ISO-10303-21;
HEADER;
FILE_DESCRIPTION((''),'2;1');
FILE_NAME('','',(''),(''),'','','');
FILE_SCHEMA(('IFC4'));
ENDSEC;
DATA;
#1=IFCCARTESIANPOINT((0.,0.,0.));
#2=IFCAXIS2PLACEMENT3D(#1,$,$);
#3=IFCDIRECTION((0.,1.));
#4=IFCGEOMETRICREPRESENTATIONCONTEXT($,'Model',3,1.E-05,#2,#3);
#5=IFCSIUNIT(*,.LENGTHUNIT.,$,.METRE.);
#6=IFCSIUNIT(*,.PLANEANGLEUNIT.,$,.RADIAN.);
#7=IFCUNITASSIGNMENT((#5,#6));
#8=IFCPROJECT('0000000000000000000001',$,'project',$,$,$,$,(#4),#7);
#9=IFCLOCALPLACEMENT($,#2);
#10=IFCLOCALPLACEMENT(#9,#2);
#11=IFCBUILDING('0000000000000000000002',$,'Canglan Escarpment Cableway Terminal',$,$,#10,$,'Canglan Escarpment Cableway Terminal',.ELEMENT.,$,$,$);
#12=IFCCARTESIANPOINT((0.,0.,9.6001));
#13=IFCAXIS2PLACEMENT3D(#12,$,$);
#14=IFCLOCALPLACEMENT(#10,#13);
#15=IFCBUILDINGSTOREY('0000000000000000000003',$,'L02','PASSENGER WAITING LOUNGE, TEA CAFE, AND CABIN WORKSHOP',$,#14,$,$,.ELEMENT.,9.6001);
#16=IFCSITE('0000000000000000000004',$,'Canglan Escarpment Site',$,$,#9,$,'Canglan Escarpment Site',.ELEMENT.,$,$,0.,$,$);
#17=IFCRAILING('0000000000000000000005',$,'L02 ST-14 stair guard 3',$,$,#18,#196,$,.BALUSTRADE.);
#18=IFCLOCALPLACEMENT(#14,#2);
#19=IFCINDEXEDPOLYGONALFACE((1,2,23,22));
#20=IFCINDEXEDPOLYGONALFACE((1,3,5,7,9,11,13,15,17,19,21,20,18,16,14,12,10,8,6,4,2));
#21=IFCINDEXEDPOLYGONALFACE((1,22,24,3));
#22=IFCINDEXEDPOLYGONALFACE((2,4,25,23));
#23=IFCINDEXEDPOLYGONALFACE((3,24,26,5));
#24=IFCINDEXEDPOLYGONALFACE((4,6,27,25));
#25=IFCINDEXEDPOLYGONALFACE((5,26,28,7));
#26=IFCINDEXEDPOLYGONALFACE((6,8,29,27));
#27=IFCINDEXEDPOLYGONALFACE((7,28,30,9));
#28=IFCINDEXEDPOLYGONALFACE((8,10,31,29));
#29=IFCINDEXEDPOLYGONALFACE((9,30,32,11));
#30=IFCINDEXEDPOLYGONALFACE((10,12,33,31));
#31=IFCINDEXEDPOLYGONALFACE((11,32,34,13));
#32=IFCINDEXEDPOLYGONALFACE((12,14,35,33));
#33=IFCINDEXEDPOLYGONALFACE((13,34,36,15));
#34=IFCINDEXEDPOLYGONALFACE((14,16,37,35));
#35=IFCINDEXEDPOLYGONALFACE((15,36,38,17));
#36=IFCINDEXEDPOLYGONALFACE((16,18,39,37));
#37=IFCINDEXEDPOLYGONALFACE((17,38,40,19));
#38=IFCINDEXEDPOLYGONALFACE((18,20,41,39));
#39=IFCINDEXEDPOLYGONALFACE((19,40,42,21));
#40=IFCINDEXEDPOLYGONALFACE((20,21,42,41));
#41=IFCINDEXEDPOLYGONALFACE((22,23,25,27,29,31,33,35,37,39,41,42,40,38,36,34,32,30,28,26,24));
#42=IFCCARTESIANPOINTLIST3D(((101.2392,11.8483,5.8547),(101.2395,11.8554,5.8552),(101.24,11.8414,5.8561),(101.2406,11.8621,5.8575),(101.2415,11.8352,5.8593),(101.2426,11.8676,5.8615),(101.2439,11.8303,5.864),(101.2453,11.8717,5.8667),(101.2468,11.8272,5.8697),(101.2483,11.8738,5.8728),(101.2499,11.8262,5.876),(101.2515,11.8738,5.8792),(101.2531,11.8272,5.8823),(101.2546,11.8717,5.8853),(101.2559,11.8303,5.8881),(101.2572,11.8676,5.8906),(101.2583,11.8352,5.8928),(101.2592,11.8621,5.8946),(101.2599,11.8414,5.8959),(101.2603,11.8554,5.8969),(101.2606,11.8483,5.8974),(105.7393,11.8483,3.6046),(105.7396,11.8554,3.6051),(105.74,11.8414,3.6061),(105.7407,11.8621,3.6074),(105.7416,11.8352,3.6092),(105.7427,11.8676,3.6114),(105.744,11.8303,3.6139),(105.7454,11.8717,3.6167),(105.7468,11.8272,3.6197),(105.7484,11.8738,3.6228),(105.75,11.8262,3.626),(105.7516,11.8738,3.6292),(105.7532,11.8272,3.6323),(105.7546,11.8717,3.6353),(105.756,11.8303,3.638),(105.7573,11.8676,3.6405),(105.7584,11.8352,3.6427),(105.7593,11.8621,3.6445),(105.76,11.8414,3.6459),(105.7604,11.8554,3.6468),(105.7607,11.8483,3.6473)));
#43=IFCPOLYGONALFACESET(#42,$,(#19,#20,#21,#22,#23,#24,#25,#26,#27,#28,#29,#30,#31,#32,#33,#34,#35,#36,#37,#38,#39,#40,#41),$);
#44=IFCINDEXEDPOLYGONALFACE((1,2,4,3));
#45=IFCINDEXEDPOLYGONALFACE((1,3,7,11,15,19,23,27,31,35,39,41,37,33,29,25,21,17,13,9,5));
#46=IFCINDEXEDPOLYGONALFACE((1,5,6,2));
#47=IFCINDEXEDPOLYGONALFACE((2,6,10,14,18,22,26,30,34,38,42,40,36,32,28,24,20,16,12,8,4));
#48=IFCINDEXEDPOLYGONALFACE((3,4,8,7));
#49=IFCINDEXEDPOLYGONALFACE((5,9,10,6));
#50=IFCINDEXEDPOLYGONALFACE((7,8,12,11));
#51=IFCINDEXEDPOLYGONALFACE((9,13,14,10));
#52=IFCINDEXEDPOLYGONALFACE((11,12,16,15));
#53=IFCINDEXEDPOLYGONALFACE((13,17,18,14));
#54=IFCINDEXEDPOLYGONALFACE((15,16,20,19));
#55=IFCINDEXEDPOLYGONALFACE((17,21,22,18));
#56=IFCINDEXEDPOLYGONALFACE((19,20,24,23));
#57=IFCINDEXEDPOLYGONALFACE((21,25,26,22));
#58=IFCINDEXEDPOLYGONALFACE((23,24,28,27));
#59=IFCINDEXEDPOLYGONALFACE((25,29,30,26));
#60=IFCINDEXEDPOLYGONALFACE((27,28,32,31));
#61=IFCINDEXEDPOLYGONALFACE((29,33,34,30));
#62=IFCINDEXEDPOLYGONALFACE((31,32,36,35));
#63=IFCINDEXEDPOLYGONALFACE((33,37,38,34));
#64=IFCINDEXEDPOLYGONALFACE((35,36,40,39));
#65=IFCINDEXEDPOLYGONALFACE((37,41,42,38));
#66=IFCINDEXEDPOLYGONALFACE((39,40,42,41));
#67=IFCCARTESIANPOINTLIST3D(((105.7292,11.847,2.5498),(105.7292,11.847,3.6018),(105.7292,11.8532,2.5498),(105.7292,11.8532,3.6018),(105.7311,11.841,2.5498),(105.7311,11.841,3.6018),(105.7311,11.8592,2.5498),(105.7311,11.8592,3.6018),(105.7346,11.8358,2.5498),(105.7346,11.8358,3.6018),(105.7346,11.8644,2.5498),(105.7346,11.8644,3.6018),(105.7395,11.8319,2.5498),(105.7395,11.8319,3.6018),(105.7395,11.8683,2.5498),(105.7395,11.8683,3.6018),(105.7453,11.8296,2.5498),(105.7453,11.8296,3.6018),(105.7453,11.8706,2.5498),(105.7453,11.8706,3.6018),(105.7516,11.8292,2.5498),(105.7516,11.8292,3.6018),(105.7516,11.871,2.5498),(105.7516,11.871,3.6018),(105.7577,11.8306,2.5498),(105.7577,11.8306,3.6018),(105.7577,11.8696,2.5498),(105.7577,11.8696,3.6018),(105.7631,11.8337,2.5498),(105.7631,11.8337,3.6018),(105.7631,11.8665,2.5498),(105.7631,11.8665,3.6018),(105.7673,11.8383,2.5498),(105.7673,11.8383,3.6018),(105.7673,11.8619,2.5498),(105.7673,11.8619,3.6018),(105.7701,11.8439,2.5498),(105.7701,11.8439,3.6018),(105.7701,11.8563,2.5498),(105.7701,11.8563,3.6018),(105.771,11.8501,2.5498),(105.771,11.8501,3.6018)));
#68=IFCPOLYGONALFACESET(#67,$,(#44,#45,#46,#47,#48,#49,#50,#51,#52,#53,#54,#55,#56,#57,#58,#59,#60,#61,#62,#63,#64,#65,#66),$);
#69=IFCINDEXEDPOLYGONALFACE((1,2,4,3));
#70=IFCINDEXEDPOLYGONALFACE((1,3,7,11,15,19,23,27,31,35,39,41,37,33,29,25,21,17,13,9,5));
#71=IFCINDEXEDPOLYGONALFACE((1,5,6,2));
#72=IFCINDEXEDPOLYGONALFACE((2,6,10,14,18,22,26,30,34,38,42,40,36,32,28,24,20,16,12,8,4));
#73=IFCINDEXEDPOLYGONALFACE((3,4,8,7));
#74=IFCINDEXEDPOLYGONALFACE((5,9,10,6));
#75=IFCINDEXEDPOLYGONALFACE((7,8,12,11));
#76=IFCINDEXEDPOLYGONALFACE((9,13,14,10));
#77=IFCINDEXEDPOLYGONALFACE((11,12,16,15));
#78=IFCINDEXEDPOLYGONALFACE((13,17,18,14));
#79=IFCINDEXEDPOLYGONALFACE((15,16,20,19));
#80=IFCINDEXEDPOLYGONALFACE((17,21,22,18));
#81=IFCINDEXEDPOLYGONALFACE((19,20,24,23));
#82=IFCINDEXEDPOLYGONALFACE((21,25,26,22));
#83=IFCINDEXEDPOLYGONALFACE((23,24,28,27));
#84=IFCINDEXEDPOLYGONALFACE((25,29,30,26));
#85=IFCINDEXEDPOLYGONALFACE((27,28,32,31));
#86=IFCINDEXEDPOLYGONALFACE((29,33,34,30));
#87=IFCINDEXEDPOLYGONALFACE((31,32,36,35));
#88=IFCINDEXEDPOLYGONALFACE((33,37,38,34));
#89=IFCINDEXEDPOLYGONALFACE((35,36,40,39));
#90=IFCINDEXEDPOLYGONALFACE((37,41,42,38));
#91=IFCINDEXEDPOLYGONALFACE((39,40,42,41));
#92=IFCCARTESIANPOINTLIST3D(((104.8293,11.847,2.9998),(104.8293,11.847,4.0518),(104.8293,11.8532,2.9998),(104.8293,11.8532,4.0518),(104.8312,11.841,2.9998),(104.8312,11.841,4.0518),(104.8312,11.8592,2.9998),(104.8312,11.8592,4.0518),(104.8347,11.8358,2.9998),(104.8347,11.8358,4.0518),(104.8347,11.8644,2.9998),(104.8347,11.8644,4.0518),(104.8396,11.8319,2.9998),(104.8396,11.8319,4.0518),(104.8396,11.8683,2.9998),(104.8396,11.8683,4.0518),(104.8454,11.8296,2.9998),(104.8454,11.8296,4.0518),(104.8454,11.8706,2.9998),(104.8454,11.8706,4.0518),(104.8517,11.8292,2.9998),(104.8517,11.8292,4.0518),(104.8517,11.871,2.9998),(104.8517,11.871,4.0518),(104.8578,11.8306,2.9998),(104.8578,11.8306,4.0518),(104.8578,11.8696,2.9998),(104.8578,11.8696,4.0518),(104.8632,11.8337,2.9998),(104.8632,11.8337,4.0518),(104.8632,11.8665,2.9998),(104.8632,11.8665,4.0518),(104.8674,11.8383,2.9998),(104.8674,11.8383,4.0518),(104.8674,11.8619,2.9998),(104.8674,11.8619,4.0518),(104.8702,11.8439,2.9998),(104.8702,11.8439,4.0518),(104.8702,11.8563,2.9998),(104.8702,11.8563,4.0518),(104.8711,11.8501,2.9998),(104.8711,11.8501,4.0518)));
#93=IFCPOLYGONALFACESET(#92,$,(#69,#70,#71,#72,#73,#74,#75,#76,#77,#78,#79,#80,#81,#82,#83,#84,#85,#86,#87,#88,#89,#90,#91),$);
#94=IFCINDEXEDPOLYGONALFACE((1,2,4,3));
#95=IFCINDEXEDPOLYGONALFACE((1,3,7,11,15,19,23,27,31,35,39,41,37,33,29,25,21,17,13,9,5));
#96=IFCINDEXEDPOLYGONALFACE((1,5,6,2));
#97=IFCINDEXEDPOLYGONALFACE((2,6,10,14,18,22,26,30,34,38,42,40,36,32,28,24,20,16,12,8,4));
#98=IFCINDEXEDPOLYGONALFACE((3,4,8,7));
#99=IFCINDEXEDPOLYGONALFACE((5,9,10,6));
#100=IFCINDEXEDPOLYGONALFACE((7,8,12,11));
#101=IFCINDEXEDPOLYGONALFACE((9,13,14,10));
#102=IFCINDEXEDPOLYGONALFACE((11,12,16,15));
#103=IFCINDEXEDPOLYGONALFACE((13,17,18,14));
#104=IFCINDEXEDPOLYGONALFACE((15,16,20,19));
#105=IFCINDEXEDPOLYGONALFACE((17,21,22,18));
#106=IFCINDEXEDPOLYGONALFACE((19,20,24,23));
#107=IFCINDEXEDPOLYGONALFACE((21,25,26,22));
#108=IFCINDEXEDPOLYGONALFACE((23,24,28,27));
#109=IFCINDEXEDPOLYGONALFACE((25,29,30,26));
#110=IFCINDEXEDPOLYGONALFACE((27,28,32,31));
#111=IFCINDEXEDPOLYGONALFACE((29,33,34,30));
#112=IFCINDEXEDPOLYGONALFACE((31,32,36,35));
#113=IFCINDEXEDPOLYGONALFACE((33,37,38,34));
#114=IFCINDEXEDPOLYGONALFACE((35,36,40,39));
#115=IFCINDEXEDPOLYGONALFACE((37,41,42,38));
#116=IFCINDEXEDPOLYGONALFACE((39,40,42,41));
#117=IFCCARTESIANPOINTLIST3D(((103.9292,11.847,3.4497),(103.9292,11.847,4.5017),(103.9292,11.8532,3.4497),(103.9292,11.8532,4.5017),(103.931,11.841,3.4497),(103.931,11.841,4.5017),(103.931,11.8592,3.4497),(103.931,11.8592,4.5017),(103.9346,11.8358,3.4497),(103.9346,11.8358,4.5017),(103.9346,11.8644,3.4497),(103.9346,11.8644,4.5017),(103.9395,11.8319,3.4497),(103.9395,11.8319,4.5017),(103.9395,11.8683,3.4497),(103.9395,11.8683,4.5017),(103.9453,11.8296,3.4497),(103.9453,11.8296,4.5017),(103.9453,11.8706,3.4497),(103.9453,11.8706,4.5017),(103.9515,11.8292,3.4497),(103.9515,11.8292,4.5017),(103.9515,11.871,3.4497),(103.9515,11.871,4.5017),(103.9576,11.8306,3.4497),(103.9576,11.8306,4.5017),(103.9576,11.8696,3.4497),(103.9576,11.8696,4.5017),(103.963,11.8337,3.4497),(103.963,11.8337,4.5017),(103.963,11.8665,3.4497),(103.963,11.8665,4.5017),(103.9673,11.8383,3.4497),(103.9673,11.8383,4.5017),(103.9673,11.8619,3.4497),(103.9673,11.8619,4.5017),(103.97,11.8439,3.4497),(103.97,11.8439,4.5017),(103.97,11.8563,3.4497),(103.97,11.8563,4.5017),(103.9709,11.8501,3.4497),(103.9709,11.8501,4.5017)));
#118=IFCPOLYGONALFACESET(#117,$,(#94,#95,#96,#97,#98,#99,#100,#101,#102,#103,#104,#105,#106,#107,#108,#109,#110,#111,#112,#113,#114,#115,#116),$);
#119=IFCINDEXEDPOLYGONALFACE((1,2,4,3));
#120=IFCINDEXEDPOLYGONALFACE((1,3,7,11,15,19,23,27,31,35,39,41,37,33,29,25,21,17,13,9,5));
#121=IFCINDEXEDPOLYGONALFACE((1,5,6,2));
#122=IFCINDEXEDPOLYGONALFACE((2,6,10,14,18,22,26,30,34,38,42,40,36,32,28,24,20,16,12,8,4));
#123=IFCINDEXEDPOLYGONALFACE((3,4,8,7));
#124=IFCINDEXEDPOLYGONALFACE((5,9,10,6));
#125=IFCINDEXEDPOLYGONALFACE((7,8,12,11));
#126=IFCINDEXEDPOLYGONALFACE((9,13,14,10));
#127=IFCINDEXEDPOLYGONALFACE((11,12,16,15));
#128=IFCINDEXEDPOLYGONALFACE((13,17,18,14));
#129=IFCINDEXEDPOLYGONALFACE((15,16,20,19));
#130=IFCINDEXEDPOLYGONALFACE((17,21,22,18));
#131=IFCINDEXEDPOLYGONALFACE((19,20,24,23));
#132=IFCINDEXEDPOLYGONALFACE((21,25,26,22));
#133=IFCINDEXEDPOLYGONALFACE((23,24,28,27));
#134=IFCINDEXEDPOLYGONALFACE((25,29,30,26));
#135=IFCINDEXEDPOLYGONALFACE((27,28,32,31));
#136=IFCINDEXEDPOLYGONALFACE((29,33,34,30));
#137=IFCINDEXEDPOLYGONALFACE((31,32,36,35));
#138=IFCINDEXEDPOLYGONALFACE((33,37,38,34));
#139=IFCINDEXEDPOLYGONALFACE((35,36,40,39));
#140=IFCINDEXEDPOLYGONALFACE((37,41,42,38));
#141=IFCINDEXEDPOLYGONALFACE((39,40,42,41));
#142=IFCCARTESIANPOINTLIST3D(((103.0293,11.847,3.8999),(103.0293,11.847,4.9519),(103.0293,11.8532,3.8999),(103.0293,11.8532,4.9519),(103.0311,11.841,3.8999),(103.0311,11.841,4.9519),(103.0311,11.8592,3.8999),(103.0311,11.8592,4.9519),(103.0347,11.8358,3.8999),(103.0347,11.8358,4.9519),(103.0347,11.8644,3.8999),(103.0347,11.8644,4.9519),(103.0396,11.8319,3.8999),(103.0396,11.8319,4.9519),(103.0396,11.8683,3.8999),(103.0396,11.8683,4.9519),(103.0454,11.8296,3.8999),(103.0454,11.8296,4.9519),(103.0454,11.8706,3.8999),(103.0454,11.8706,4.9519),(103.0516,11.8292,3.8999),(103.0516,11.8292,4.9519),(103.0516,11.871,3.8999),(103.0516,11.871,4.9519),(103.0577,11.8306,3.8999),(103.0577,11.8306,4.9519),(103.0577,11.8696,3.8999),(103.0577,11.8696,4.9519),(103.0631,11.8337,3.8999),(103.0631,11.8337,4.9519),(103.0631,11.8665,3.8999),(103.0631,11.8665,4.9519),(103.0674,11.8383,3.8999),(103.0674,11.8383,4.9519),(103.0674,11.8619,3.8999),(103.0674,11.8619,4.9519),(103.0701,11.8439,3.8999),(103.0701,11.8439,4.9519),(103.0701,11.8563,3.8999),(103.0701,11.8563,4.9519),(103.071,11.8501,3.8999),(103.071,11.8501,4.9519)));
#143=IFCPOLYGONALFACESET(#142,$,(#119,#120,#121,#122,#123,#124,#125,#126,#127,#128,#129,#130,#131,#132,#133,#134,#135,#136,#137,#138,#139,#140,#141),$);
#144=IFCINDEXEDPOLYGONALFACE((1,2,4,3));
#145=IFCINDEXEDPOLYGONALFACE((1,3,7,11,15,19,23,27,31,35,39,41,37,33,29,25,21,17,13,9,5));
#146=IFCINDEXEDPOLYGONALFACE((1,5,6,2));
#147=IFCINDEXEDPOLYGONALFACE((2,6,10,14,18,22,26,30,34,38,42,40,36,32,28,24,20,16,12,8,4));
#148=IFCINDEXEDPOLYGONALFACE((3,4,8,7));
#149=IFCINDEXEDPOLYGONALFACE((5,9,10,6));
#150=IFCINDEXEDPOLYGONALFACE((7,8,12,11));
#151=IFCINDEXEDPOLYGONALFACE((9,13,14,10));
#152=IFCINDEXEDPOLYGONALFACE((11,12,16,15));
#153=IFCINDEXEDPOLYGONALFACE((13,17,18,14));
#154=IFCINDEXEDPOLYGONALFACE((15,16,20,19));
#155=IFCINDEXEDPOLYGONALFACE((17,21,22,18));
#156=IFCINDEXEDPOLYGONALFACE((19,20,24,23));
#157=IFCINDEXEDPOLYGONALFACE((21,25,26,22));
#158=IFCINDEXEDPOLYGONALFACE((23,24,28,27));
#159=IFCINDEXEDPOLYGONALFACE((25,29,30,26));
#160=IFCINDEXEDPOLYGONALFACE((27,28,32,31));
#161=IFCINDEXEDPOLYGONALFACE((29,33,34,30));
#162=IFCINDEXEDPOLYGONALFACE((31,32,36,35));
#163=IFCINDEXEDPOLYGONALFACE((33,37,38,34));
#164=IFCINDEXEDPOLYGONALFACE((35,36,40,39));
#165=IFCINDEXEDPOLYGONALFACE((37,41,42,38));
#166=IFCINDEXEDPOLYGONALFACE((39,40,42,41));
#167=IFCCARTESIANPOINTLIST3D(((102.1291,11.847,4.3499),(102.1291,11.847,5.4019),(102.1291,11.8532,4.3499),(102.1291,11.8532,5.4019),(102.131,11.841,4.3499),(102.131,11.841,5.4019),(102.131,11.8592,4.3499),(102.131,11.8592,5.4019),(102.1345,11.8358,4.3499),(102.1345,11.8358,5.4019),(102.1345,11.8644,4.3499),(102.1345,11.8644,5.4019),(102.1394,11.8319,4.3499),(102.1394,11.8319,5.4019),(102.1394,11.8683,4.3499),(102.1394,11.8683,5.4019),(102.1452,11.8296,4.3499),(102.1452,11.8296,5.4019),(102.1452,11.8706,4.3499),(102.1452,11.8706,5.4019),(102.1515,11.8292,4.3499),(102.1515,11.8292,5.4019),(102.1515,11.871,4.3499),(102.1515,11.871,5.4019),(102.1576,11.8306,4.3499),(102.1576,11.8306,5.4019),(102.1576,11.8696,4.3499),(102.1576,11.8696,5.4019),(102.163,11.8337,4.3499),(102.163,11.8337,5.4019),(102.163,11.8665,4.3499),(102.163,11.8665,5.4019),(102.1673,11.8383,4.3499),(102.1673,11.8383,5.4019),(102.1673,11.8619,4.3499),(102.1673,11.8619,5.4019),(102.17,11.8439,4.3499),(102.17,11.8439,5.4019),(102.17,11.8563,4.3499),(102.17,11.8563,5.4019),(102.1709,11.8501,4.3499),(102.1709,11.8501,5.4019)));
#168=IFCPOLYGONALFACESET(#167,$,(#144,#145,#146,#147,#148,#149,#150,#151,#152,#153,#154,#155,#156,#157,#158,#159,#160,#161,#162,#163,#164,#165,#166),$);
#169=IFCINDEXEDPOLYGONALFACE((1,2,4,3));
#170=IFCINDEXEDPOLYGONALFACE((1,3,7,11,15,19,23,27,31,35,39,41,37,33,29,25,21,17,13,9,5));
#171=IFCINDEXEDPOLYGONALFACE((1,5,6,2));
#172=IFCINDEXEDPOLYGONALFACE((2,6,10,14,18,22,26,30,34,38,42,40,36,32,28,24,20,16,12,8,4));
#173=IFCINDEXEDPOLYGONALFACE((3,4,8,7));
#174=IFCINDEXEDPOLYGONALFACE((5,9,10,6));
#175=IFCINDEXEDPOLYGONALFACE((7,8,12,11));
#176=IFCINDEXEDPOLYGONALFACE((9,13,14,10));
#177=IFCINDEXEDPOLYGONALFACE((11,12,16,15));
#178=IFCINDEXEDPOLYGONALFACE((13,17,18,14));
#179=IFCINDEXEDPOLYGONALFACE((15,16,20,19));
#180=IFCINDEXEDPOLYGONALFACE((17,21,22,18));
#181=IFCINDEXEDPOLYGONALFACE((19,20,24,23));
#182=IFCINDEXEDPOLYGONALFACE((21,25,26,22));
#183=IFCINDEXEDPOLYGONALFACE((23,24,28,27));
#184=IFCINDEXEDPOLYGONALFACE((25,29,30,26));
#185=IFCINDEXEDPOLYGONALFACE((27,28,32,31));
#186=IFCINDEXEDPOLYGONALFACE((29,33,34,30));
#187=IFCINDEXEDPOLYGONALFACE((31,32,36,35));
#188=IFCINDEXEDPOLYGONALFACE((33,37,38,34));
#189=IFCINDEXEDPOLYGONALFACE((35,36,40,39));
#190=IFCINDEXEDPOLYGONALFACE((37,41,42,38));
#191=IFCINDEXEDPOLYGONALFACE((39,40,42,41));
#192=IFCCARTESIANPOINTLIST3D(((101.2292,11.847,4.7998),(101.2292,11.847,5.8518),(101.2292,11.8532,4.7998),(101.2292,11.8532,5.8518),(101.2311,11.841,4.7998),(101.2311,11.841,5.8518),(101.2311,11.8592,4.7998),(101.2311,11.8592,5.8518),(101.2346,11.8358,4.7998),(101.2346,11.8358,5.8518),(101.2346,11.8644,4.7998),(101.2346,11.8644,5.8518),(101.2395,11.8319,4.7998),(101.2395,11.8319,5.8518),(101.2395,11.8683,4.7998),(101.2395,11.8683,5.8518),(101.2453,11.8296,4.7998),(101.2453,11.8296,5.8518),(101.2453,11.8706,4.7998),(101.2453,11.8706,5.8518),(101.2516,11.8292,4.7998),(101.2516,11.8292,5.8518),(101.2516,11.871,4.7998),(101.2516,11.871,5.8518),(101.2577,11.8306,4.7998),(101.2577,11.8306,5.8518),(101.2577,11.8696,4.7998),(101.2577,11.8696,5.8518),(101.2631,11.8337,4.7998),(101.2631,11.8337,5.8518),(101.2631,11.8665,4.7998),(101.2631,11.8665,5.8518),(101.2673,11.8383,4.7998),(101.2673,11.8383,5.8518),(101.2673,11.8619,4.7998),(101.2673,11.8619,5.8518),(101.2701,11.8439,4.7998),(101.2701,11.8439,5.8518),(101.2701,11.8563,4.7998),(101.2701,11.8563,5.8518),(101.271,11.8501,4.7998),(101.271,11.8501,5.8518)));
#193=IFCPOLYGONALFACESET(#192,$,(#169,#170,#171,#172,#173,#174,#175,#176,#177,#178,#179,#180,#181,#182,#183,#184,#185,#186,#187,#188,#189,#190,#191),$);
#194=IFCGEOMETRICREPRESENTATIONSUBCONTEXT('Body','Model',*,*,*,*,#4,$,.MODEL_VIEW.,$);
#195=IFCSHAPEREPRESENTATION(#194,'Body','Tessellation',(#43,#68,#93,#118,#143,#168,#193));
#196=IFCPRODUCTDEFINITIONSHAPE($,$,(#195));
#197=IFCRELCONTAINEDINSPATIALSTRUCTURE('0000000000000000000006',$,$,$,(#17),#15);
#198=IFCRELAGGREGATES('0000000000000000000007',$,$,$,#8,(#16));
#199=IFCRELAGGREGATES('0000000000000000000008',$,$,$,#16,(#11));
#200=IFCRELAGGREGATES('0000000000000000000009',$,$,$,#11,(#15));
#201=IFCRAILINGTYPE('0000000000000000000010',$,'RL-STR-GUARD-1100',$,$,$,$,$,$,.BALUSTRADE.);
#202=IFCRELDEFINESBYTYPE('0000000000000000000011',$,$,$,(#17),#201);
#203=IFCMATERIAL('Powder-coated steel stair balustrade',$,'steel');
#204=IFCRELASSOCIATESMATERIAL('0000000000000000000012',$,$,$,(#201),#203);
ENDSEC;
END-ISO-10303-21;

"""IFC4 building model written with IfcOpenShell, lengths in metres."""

from ifc_helpers import new_model, si_unit, direction, frame, origin, origin_2d, place, context, subcontext, project, spatial, circle, extrude, material, type_object, element, save


model = new_model("IFC4")

# Units and contexts
model_context = context("Model", 3, precision=1e-05, world=origin(), true_north=direction((0.0, 1.0)))
body_context = subcontext(model_context, "Body", "Model", "MODEL_VIEW")
ifc_project = project(units=[si_unit("LENGTHUNIT", "METRE"), si_unit("PLANEANGLEUNIT", "RADIAN")], contexts=[model_context])

# Site, building, storey
site_placement = place(None, origin())
site = spatial("IfcSite", under=ifc_project, at=site_placement, Name="Canglan Escarpment Site", LongName="Canglan Escarpment Site", CompositionType="ELEMENT", RefElevation=0.0)
building_placement = place(site_placement, origin())
building = spatial("IfcBuilding", under=site, at=building_placement, Name="Canglan Escarpment Cableway Terminal", LongName="Canglan Escarpment Cableway Terminal", CompositionType="ELEMENT")
storey_placement = place(building_placement, frame((0.0, 0.0, 9.6001)))
storey = spatial("IfcBuildingStorey", under=building, at=storey_placement, Name="L02", Description="PASSENGER WAITING LOUNGE, TEA CAFE, AND CABIN WORKSHOP", CompositionType="ELEMENT", Elevation=9.6001)

# Railing
ifc_material_1 = material(Name="Powder-coated steel stair balustrade", Category="steel")
railing_type_1 = type_object("IfcRailingType", Name="RL-STR-GUARD-1100", PredefinedType="BALUSTRADE", material=ifc_material_1)
railing_1_placement = place(storey_placement, frame((105.75, 11.8501, 2.5498)))
element("IfcRailing", 1, at=railing_1_placement, inside=storey, type_object=railing_type_1, Name="L02 ST-14 stair guard 3", PredefinedType="BALUSTRADE", context=body_context, shape_type="SweptSolid", body=[
    extrude(circle(Radius=0.0239, at=origin_2d()), frame((0.0, 0.0, 1.0762), z_axis=(-0.894427, 0.0, 0.447214), x_axis=(0.0, -1.0, 0.0)), (0.0, 0.0, 1.0), 5.0312),
    extrude(circle(Radius=0.021, at=origin_2d()), origin(), (0.0, 0.0, 1.0), 1.052),
    extrude(circle(Radius=0.021, at=origin_2d()), frame((-0.8999, 0.0, 0.45)), (0.0, 0.0, 1.0), 1.052),
    extrude(circle(Radius=0.021, at=origin_2d()), frame((-1.8, 0.0, 0.8999)), (0.0, 0.0, 1.0), 1.052),
    extrude(circle(Radius=0.021, at=origin_2d()), frame((-2.7, 0.0, 1.3501)), (0.0, 0.0, 1.0), 1.052),
    extrude(circle(Radius=0.021, at=origin_2d()), frame((-3.6001, 0.0, 1.8)), (0.0, 0.0, 1.0), 1.052),
    extrude(circle(Radius=0.021, at=origin_2d()), frame((-4.5, 0.0, 2.25)), (0.0, 0.0, 1.0), 1.052),
])

save(model, "model.ifc")
